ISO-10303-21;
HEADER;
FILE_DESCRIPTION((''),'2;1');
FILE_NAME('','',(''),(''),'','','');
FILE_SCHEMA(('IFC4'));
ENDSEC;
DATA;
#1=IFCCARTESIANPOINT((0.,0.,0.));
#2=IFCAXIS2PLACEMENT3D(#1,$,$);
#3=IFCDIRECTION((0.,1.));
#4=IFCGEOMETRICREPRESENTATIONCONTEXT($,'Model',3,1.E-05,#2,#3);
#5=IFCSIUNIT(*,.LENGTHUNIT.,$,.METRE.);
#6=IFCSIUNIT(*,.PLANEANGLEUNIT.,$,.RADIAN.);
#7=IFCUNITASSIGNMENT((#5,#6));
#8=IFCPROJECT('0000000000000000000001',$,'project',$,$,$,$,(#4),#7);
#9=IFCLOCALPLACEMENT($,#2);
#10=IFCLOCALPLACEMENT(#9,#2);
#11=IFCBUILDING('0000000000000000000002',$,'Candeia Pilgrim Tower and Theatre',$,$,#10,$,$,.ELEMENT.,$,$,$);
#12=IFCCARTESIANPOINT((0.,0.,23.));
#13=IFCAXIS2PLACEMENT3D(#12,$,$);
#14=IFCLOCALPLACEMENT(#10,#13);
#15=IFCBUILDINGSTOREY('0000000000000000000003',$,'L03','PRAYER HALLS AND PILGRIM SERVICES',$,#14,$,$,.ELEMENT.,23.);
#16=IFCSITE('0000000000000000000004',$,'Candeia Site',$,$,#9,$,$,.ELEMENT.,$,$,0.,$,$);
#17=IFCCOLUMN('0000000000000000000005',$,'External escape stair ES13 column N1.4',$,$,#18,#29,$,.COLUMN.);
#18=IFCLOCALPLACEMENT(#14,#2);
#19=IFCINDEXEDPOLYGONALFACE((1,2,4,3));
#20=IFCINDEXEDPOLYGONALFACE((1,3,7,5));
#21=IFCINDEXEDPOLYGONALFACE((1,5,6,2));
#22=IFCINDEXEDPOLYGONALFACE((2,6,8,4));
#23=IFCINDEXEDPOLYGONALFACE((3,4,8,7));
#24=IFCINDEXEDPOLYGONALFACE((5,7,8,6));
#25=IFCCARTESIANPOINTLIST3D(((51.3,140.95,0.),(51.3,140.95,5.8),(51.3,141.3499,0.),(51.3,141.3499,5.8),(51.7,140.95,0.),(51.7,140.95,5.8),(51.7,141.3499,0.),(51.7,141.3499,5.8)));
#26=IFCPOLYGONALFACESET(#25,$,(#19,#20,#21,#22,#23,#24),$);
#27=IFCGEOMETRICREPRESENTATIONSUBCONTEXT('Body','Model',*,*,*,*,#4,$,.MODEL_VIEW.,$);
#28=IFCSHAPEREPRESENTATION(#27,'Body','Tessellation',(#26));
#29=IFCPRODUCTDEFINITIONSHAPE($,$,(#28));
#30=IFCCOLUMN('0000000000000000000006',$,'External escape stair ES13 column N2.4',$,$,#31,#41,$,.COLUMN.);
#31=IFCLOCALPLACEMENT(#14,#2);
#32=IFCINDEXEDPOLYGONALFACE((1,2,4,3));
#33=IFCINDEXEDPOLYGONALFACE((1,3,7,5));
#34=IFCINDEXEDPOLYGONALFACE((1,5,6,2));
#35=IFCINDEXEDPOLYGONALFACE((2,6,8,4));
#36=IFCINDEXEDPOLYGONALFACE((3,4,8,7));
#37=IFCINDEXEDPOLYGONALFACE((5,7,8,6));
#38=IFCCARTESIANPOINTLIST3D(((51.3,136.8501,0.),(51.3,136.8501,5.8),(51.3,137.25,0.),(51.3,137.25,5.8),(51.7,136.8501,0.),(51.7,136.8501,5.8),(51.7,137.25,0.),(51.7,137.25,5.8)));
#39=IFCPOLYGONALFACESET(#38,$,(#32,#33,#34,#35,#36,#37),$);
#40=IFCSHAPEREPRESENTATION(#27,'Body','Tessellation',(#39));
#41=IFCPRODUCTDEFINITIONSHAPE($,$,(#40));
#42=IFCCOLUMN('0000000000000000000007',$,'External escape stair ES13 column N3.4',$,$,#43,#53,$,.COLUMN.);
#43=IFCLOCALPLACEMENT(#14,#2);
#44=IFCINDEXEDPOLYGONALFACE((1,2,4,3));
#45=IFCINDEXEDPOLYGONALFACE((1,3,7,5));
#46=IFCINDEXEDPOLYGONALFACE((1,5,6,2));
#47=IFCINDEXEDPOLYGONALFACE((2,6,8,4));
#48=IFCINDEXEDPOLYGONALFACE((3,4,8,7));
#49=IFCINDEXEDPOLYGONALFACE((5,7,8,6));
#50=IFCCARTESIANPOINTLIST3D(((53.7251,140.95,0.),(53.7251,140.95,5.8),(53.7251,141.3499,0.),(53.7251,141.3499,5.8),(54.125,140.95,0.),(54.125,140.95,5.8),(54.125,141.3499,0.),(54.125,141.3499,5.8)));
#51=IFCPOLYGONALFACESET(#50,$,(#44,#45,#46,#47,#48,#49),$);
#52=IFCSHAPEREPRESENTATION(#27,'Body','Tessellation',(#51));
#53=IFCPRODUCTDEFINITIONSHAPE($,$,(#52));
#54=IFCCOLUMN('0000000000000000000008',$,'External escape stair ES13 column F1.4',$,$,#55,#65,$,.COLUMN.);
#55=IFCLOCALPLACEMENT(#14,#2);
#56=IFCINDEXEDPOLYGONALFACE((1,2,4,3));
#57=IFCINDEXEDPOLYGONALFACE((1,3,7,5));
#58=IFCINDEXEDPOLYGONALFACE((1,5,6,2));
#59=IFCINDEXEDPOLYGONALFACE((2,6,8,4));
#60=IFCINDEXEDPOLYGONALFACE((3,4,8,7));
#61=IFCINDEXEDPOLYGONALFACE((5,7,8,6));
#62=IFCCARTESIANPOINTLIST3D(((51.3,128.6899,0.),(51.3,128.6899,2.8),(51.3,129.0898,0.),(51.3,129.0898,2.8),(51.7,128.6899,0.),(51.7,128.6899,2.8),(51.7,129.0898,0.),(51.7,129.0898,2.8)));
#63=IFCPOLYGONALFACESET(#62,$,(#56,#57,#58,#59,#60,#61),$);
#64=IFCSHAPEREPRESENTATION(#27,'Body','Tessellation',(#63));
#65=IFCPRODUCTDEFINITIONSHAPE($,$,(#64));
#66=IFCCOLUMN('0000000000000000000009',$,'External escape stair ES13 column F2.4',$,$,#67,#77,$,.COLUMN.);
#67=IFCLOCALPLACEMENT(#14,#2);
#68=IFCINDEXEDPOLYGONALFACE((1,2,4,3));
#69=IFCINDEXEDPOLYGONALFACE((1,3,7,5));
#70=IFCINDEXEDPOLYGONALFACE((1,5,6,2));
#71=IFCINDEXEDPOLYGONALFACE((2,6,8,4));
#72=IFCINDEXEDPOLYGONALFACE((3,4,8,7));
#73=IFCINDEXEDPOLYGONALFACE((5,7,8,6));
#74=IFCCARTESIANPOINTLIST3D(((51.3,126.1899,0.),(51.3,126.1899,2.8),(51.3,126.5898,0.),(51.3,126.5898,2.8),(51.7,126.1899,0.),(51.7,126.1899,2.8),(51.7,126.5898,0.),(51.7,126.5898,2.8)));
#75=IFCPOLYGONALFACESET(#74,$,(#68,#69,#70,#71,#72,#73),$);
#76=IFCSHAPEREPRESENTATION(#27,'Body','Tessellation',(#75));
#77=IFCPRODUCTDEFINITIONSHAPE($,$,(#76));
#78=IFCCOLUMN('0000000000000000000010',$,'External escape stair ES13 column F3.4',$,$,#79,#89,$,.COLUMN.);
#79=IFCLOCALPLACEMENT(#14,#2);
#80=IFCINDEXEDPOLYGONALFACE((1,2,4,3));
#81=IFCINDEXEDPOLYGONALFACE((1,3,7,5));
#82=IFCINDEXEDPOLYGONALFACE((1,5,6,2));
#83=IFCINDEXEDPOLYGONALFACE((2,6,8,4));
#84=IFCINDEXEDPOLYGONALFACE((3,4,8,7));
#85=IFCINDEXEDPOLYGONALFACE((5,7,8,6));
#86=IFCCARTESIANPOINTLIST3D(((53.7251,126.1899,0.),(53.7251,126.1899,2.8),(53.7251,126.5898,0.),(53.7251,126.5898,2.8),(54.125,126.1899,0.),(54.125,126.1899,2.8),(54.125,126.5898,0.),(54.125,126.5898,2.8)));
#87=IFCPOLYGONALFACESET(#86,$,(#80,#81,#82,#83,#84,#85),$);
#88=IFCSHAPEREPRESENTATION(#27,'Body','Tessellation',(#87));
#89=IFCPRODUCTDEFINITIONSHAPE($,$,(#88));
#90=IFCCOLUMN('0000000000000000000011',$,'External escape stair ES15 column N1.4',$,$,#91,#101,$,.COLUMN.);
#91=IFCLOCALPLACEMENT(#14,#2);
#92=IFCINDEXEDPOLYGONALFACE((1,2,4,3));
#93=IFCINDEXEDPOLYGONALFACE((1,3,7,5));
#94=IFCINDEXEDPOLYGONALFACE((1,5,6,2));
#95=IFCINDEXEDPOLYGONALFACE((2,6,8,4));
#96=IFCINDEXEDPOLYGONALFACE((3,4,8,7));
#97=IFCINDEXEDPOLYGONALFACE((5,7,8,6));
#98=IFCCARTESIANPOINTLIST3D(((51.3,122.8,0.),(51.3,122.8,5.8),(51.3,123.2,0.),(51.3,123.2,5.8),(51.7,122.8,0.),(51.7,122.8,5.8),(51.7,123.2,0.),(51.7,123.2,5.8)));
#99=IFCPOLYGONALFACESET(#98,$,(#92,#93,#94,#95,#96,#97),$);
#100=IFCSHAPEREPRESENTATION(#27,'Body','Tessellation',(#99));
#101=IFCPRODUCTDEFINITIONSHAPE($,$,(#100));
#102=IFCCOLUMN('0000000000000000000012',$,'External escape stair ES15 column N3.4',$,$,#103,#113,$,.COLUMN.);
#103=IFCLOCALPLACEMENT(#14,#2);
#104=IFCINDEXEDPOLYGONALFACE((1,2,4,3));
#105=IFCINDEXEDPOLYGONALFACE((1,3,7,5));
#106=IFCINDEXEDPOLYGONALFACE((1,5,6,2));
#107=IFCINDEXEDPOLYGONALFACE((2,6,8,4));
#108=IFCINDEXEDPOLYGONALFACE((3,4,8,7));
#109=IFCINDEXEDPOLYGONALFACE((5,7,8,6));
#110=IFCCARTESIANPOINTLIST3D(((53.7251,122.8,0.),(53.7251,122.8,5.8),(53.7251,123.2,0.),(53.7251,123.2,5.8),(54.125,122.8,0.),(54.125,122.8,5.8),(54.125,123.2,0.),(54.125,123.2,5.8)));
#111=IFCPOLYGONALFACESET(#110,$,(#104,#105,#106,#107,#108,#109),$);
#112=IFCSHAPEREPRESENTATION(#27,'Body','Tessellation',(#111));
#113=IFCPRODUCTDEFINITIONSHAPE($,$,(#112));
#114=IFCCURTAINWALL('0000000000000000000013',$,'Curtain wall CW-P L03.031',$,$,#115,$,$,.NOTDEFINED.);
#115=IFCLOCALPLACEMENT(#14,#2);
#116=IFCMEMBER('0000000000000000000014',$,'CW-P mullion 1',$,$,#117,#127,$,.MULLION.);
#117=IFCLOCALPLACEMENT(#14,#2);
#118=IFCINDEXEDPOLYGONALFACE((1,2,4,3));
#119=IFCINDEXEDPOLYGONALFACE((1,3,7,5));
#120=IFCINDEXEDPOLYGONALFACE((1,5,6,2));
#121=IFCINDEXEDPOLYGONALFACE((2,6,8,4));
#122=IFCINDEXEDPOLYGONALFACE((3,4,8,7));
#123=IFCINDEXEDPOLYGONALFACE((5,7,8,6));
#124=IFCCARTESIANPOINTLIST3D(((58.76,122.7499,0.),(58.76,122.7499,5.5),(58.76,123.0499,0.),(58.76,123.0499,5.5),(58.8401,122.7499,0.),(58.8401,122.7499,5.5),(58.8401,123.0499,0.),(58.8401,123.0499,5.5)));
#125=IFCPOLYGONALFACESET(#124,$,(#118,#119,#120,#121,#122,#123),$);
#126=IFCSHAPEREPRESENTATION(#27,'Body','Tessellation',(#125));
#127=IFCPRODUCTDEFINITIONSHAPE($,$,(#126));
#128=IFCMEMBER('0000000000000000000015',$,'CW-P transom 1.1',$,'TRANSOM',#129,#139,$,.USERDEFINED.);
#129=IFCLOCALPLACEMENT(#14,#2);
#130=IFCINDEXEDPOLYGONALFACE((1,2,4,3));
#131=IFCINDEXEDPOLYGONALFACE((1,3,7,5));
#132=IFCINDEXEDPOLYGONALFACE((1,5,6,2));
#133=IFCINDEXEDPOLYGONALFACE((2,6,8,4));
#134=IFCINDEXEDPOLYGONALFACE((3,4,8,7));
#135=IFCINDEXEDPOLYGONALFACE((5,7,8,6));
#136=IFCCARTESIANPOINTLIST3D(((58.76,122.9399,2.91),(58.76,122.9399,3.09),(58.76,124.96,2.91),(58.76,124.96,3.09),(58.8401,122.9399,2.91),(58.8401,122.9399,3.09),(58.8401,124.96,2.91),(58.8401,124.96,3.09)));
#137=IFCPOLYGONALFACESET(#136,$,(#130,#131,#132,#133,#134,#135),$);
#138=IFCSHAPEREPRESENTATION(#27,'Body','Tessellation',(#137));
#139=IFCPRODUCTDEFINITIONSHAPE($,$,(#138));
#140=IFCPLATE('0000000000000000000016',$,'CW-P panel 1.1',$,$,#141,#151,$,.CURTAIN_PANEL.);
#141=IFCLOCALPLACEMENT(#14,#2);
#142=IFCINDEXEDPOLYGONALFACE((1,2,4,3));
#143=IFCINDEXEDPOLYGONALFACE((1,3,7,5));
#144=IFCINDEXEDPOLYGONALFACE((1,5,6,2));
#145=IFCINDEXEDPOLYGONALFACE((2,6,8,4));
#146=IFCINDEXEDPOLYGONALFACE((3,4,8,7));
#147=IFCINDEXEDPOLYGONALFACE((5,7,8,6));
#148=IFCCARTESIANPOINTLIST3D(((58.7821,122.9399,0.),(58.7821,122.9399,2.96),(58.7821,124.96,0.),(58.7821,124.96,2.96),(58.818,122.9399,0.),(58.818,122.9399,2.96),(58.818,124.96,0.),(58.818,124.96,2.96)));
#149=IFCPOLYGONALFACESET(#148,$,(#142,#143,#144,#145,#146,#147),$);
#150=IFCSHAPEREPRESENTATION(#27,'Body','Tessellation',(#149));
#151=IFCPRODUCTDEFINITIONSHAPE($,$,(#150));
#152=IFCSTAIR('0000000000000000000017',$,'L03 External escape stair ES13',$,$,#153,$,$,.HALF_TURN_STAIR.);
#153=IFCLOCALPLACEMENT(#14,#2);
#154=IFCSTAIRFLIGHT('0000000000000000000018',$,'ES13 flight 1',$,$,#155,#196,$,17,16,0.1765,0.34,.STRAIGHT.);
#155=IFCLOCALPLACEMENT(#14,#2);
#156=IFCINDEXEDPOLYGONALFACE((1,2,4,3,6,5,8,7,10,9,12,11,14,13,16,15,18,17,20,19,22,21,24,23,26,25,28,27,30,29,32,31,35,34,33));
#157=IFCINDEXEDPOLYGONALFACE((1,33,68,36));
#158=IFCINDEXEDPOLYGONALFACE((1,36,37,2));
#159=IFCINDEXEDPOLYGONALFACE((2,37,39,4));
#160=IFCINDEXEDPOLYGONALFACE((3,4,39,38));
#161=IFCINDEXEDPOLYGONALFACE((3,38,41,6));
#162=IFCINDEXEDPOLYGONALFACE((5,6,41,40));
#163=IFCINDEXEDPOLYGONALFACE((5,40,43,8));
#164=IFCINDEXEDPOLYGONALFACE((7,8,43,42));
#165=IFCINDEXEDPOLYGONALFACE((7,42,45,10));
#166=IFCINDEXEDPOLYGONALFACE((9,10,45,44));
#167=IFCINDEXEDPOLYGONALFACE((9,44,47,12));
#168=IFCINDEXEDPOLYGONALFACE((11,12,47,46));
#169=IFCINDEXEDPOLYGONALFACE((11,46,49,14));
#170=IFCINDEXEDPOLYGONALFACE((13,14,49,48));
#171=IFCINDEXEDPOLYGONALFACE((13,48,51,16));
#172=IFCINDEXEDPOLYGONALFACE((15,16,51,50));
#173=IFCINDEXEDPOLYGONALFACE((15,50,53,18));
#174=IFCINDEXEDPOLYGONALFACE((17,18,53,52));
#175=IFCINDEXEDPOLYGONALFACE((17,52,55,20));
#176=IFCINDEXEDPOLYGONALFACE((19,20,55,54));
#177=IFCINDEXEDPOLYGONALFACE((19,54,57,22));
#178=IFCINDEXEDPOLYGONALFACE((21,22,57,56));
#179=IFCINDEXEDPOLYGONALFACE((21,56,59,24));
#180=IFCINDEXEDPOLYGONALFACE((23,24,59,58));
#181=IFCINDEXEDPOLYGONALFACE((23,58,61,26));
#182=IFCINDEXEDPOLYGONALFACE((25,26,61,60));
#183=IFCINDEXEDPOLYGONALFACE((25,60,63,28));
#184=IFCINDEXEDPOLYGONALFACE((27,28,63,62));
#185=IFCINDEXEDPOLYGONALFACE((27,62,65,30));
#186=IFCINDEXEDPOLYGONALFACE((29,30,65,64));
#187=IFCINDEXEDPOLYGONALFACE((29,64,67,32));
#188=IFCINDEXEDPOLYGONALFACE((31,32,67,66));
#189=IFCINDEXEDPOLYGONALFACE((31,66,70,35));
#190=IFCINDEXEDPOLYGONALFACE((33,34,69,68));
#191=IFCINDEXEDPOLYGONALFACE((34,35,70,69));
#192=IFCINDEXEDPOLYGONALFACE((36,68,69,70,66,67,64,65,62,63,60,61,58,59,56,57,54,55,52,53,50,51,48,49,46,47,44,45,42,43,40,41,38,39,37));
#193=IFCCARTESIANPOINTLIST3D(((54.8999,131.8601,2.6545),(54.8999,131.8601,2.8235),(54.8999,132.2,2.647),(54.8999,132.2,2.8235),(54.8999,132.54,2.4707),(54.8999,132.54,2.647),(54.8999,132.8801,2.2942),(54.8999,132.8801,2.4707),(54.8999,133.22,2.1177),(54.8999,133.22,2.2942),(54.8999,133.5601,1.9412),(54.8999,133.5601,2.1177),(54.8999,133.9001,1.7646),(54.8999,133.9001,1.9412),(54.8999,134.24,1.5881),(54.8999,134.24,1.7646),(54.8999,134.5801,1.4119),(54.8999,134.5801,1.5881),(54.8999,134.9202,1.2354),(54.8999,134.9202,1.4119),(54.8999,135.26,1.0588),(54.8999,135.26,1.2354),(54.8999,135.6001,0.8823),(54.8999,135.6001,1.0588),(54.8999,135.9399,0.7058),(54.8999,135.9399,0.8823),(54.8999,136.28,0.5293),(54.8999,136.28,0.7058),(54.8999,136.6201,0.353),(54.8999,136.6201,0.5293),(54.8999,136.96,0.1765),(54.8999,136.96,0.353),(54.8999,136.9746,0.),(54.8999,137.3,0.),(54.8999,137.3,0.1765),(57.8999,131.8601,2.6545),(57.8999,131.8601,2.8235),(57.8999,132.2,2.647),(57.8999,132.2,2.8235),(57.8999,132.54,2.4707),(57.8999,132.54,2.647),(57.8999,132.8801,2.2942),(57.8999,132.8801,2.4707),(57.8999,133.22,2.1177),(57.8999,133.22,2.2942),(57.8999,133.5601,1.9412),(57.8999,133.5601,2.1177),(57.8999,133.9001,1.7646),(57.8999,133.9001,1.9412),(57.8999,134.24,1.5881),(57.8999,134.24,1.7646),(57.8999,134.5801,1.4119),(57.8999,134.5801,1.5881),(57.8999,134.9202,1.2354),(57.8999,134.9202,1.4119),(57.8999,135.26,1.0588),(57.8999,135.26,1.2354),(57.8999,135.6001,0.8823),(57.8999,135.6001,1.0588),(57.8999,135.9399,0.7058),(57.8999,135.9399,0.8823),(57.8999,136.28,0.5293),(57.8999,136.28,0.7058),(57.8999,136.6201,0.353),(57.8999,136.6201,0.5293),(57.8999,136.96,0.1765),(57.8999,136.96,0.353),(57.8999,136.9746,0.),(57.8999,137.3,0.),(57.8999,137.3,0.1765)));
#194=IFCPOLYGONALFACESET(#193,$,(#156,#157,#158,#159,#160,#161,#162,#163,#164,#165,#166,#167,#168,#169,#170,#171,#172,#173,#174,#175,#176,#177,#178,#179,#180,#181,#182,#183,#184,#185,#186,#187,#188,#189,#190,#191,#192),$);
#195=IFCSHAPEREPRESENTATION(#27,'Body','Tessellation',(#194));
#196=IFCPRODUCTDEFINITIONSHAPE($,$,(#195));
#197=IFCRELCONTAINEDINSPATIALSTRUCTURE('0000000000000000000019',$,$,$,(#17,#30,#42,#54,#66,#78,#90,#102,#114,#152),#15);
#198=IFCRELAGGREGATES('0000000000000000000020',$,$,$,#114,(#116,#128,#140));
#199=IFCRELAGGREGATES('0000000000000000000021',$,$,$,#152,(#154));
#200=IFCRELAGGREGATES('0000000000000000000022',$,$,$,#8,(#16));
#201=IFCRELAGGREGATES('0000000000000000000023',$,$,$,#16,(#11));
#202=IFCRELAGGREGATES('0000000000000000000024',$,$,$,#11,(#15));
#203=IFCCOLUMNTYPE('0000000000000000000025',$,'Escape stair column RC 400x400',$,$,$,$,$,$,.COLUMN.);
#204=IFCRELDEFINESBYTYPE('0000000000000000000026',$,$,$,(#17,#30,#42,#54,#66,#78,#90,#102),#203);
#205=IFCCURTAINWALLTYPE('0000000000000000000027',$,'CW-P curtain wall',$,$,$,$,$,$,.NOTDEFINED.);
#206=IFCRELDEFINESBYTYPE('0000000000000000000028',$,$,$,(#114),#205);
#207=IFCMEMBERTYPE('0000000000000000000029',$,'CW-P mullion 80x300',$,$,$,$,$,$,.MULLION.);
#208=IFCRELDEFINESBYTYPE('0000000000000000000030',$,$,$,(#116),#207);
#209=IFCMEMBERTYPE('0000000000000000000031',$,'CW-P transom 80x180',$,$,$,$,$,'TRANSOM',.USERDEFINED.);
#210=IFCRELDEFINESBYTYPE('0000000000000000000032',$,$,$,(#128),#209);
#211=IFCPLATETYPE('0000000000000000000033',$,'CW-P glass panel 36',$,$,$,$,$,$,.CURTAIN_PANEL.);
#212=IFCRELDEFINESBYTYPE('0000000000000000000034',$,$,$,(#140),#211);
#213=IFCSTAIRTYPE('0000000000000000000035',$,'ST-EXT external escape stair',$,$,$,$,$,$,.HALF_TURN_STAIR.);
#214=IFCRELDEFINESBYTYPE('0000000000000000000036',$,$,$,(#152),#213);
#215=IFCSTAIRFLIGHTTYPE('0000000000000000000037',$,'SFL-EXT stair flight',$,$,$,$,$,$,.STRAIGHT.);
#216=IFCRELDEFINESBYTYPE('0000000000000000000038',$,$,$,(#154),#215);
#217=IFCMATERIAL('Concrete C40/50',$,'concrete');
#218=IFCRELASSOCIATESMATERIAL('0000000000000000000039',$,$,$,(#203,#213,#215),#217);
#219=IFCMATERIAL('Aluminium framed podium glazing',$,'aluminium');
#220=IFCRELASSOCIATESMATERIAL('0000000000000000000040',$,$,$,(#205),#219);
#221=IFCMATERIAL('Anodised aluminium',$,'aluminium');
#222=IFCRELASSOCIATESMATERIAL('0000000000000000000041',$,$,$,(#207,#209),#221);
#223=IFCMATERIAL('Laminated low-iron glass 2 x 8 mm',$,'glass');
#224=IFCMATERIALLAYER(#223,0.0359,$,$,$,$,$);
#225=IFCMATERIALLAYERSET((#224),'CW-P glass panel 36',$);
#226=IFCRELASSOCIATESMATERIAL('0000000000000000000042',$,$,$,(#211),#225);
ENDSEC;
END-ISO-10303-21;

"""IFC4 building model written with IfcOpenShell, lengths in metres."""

from ifc_helpers import new_model, si_unit, direction, frame, origin, origin_2d, place, context, subcontext, project, spatial, polyline, rectangle, outline, extrude, material, layer, layer_set, material_profile, profile_set, type_object, element, aggregate, save


model = new_model("IFC4")

# Units and contexts
model_context = context("Model", 3, precision=1e-05, world=origin(), true_north=direction((0.0, 1.0)))
body_context = subcontext(model_context, "Body", "Model", "MODEL_VIEW")
ifc_project = project(units=[si_unit("LENGTHUNIT", "METRE"), si_unit("PLANEANGLEUNIT", "RADIAN")], contexts=[model_context])

# Site, building, storey
site_placement = place(None, origin())
site = spatial("IfcSite", under=ifc_project, at=site_placement, Name="Candeia Site", CompositionType="ELEMENT", RefElevation=0.0)
building_placement = place(site_placement, origin())
building = spatial("IfcBuilding", under=site, at=building_placement, Name="Candeia Pilgrim Tower and Theatre", CompositionType="ELEMENT")
storey_placement = place(building_placement, frame((0.0, 0.0, 23.0)))
storey = spatial("IfcBuildingStorey", under=building, at=storey_placement, Name="L03", Description="PRAYER HALLS AND PILGRIM SERVICES", CompositionType="ELEMENT", Elevation=23.0)

# Columns
ifc_material_1 = material(Name="Concrete C40/50", Category="concrete")
ifc_material_profile_1 = material_profile(ifc_material_1, rectangle(XDim=0.3999, YDim=0.3999, at=origin_2d()))
ifc_profile_set_1 = profile_set([ifc_material_profile_1], Name="Concrete C40/50")
column_type = type_object("IfcColumnType", Name="Escape stair column RC 400x400", PredefinedType="COLUMN", material=ifc_profile_set_1)
for number, where, z_axis, x_axis, name in (
    (1, (51.5, 141.1499, 0.0), (0.0, 0.0, 1.0), (1.0, 0.0, 0.0), "External escape stair ES13 column N1.4"),
    (2, (51.5, 137.05, 0.0), (0.0, 0.0, 1.0), (1.0, 0.0, 0.0), "External escape stair ES13 column N2.4"),
    (3, (53.925, 141.1499, 0.0), (0.0, 0.0, 1.0), (1.0, 0.0, 0.0), "External escape stair ES13 column N3.4"),
):
    element("IfcColumn", number, at=place(storey_placement, frame(where, z_axis=z_axis, x_axis=x_axis)), inside=storey, type_object=column_type, Name=name, PredefinedType="COLUMN", context=body_context, shape_type="SweptSolid", body=[
        extrude(rectangle(XDim=0.3999, YDim=0.3999, at=origin_2d()), origin(), (0.0, 0.0, 1.0), 5.8),
    ])
for number, where, z_axis, x_axis, name in (
    (4, (51.5, 128.8899, 0.0), (0.0, 0.0, 1.0), (1.0, 0.0, 0.0), "External escape stair ES13 column F1.4"),
    (5, (51.5, 126.3899, 0.0), (0.0, 0.0, 1.0), (1.0, 0.0, 0.0), "External escape stair ES13 column F2.4"),
    (6, (53.925, 126.3899, 0.0), (0.0, 0.0, 1.0), (1.0, 0.0, 0.0), "External escape stair ES13 column F3.4"),
):
    element("IfcColumn", number, at=place(storey_placement, frame(where, z_axis=z_axis, x_axis=x_axis)), inside=storey, type_object=column_type, Name=name, PredefinedType="COLUMN", context=body_context, shape_type="SweptSolid", body=[
        extrude(rectangle(XDim=0.3999, YDim=0.3999, at=origin_2d()), origin(), (0.0, 0.0, 1.0), 2.8),
    ])
for number, where, z_axis, x_axis, name in (
    (7, (51.5, 123.0, 0.0), (0.0, 0.0, 1.0), (1.0, 0.0, 0.0), "External escape stair ES15 column N1.4"),
    (8, (53.925, 123.0, 0.0), (0.0, 0.0, 1.0), (1.0, 0.0, 0.0), "External escape stair ES15 column N3.4"),
):
    element("IfcColumn", number, at=place(storey_placement, frame(where, z_axis=z_axis, x_axis=x_axis)), inside=storey, type_object=column_type, Name=name, PredefinedType="COLUMN", context=body_context, shape_type="SweptSolid", body=[
        extrude(rectangle(XDim=0.3999, YDim=0.3999, at=origin_2d()), origin(), (0.0, 0.0, 1.0), 5.8),
    ])

# Curtain wall, members, plate
ifc_material_2 = material(Name="Aluminium framed podium glazing", Category="aluminium")
curtain_wall_type = type_object("IfcCurtainWallType", Name="CW-P curtain wall", PredefinedType="NOTDEFINED", material=ifc_material_2)
curtain_wall_placement = place(storey_placement, origin())
curtain_wall = element("IfcCurtainWall", 9, at=curtain_wall_placement, inside=storey, type_object=curtain_wall_type, Name="Curtain wall CW-P L03.031", PredefinedType="NOTDEFINED")
ifc_material_3 = material(Name="Anodised aluminium", Category="aluminium")
ifc_material_profile_2 = material_profile(ifc_material_3, rectangle(XDim=0.0801, YDim=0.3, at=origin_2d()))
ifc_profile_set_2 = profile_set([ifc_material_profile_2], Name="Anodised aluminium")
member_type_1 = type_object("IfcMemberType", Name="CW-P mullion 80x300", PredefinedType="MULLION", material=ifc_profile_set_2)
member_1_placement = place(storey_placement, frame((58.8, 122.8999, 0.0), z_axis=(0.0, 0.0, 1.0), x_axis=(-1.0, 0.0, 0.0)))
member_1 = element("IfcMember", 10, at=member_1_placement, type_object=member_type_1, Name="CW-P mullion 1", PredefinedType="MULLION", context=body_context, shape_type="SweptSolid", body=[
    extrude(rectangle(XDim=0.0801, YDim=0.3, at=origin_2d()), origin(), (0.0, 0.0, 1.0), 5.5),
])
ifc_material_profile_3 = material_profile(ifc_material_3, rectangle(XDim=0.0801, YDim=0.1799, at=origin_2d()))
ifc_profile_set_3 = profile_set([ifc_material_profile_3], Name="Anodised aluminium")
member_type_2 = type_object("IfcMemberType", Name="CW-P transom 80x180", ElementType="TRANSOM", PredefinedType="USERDEFINED", material=ifc_profile_set_3)
member_2_placement = place(storey_placement, frame((58.8, 122.9399, 3.0), z_axis=(0.0, 1.0, 0.0), x_axis=(-1.0, 0.0, 0.0)))
member_2 = element("IfcMember", 11, at=member_2_placement, type_object=member_type_2, Name="CW-P transom 1.1", ObjectType="TRANSOM", PredefinedType="USERDEFINED", context=body_context, shape_type="SweptSolid", body=[
    extrude(rectangle(XDim=0.0801, YDim=0.1799, at=origin_2d()), origin(), (0.0, 0.0, 1.0), 2.02),
])
ifc_material_4 = material(Name="Laminated low-iron glass 2 x 8 mm", Category="glass")
ifc_layer_1 = layer(ifc_material_4, 0.0359)
ifc_layer_set_1 = layer_set([ifc_layer_1], Name="CW-P glass panel 36")
plate_type = type_object("IfcPlateType", Name="CW-P glass panel 36", PredefinedType="CURTAIN_PANEL", material=ifc_layer_set_1)
plate_placement = place(storey_placement, frame((58.8, 123.95, 0.0), z_axis=(0.0, 0.0, 1.0), x_axis=(0.0, 1.0, 0.0)))
plate = element("IfcPlate", 12, at=plate_placement, type_object=plate_type, Name="CW-P panel 1.1", PredefinedType="CURTAIN_PANEL", context=body_context, shape_type="SweptSolid", body=[
    extrude(rectangle(XDim=2.02, YDim=0.0359, at=origin_2d()), origin(), (0.0, 0.0, 1.0), 2.96),
])
aggregate(curtain_wall, [member_1, member_2, plate])

# Stair, stair flight
stair_type = type_object("IfcStairType", Name="ST-EXT external escape stair", PredefinedType="HALF_TURN_STAIR", material=ifc_material_1)
stair_1_placement = place(storey_placement, origin())
stair_1 = element("IfcStair", 13, at=stair_1_placement, inside=storey, type_object=stair_type, Name="L03 External escape stair ES13", PredefinedType="HALF_TURN_STAIR")
stair_flight_type = type_object("IfcStairFlightType", Name="SFL-EXT stair flight", PredefinedType="STRAIGHT", material=ifc_material_1)
stair_flight_1_placement = place(storey_placement, frame((56.3999, 137.3, 0.0), z_axis=(0.0, 0.0, 1.0), x_axis=(0.0, -1.0, 0.0)))
stair_flight_1 = element("IfcStairFlight", 14, at=stair_flight_1_placement, type_object=stair_flight_type, Name="ES13 flight 1", NumberOfRisers=17, NumberOfTreads=16, PredefinedType="STRAIGHT", RiserHeight=0.1765, TreadLength=0.34, context=body_context, shape_type="SweptSolid", body=[
    extrude(outline(polyline([(0.0, 0.0), (0.0, 0.1765), (0.3401, 0.1765), (0.3401, 0.353), (0.6799, 0.353), (0.6799, 0.5293), (1.02, 0.5293), (1.02, 0.7058), (1.3601, 0.7058), (1.3601, 0.8823), (1.7, 0.8823), (1.7, 1.0588), (2.04, 1.0588), (2.04, 1.2354), (2.3799, 1.2354), (2.3799, 1.4119), (2.72, 1.4119), (2.72, 1.5881), (3.0601, 1.5881), (3.0601, 1.7646), (3.3999, 1.7646), (3.3999, 1.9412), (3.74, 1.9412), (3.74, 2.1177), (4.0801, 2.1177), (4.0801, 2.2942), (4.4199, 2.2942), (4.4199, 2.4707), (4.76, 2.4707), (4.76, 2.647), (5.1001, 2.647), (5.1001, 2.8235), (5.4399, 2.8235), (5.4399, 3.0), (5.4399, 2.6545), (0.3254, 0.0), (0.0, 0.0)])), frame((0.0, 1.5, 0.0), z_axis=(0.0, -1.0, 0.0), x_axis=(1.0, 0.0, 0.0)), (0.0, 0.0, 1.0), 3.0),
])
aggregate(stair_1, [stair_flight_1])

save(model, "model.ifc")
